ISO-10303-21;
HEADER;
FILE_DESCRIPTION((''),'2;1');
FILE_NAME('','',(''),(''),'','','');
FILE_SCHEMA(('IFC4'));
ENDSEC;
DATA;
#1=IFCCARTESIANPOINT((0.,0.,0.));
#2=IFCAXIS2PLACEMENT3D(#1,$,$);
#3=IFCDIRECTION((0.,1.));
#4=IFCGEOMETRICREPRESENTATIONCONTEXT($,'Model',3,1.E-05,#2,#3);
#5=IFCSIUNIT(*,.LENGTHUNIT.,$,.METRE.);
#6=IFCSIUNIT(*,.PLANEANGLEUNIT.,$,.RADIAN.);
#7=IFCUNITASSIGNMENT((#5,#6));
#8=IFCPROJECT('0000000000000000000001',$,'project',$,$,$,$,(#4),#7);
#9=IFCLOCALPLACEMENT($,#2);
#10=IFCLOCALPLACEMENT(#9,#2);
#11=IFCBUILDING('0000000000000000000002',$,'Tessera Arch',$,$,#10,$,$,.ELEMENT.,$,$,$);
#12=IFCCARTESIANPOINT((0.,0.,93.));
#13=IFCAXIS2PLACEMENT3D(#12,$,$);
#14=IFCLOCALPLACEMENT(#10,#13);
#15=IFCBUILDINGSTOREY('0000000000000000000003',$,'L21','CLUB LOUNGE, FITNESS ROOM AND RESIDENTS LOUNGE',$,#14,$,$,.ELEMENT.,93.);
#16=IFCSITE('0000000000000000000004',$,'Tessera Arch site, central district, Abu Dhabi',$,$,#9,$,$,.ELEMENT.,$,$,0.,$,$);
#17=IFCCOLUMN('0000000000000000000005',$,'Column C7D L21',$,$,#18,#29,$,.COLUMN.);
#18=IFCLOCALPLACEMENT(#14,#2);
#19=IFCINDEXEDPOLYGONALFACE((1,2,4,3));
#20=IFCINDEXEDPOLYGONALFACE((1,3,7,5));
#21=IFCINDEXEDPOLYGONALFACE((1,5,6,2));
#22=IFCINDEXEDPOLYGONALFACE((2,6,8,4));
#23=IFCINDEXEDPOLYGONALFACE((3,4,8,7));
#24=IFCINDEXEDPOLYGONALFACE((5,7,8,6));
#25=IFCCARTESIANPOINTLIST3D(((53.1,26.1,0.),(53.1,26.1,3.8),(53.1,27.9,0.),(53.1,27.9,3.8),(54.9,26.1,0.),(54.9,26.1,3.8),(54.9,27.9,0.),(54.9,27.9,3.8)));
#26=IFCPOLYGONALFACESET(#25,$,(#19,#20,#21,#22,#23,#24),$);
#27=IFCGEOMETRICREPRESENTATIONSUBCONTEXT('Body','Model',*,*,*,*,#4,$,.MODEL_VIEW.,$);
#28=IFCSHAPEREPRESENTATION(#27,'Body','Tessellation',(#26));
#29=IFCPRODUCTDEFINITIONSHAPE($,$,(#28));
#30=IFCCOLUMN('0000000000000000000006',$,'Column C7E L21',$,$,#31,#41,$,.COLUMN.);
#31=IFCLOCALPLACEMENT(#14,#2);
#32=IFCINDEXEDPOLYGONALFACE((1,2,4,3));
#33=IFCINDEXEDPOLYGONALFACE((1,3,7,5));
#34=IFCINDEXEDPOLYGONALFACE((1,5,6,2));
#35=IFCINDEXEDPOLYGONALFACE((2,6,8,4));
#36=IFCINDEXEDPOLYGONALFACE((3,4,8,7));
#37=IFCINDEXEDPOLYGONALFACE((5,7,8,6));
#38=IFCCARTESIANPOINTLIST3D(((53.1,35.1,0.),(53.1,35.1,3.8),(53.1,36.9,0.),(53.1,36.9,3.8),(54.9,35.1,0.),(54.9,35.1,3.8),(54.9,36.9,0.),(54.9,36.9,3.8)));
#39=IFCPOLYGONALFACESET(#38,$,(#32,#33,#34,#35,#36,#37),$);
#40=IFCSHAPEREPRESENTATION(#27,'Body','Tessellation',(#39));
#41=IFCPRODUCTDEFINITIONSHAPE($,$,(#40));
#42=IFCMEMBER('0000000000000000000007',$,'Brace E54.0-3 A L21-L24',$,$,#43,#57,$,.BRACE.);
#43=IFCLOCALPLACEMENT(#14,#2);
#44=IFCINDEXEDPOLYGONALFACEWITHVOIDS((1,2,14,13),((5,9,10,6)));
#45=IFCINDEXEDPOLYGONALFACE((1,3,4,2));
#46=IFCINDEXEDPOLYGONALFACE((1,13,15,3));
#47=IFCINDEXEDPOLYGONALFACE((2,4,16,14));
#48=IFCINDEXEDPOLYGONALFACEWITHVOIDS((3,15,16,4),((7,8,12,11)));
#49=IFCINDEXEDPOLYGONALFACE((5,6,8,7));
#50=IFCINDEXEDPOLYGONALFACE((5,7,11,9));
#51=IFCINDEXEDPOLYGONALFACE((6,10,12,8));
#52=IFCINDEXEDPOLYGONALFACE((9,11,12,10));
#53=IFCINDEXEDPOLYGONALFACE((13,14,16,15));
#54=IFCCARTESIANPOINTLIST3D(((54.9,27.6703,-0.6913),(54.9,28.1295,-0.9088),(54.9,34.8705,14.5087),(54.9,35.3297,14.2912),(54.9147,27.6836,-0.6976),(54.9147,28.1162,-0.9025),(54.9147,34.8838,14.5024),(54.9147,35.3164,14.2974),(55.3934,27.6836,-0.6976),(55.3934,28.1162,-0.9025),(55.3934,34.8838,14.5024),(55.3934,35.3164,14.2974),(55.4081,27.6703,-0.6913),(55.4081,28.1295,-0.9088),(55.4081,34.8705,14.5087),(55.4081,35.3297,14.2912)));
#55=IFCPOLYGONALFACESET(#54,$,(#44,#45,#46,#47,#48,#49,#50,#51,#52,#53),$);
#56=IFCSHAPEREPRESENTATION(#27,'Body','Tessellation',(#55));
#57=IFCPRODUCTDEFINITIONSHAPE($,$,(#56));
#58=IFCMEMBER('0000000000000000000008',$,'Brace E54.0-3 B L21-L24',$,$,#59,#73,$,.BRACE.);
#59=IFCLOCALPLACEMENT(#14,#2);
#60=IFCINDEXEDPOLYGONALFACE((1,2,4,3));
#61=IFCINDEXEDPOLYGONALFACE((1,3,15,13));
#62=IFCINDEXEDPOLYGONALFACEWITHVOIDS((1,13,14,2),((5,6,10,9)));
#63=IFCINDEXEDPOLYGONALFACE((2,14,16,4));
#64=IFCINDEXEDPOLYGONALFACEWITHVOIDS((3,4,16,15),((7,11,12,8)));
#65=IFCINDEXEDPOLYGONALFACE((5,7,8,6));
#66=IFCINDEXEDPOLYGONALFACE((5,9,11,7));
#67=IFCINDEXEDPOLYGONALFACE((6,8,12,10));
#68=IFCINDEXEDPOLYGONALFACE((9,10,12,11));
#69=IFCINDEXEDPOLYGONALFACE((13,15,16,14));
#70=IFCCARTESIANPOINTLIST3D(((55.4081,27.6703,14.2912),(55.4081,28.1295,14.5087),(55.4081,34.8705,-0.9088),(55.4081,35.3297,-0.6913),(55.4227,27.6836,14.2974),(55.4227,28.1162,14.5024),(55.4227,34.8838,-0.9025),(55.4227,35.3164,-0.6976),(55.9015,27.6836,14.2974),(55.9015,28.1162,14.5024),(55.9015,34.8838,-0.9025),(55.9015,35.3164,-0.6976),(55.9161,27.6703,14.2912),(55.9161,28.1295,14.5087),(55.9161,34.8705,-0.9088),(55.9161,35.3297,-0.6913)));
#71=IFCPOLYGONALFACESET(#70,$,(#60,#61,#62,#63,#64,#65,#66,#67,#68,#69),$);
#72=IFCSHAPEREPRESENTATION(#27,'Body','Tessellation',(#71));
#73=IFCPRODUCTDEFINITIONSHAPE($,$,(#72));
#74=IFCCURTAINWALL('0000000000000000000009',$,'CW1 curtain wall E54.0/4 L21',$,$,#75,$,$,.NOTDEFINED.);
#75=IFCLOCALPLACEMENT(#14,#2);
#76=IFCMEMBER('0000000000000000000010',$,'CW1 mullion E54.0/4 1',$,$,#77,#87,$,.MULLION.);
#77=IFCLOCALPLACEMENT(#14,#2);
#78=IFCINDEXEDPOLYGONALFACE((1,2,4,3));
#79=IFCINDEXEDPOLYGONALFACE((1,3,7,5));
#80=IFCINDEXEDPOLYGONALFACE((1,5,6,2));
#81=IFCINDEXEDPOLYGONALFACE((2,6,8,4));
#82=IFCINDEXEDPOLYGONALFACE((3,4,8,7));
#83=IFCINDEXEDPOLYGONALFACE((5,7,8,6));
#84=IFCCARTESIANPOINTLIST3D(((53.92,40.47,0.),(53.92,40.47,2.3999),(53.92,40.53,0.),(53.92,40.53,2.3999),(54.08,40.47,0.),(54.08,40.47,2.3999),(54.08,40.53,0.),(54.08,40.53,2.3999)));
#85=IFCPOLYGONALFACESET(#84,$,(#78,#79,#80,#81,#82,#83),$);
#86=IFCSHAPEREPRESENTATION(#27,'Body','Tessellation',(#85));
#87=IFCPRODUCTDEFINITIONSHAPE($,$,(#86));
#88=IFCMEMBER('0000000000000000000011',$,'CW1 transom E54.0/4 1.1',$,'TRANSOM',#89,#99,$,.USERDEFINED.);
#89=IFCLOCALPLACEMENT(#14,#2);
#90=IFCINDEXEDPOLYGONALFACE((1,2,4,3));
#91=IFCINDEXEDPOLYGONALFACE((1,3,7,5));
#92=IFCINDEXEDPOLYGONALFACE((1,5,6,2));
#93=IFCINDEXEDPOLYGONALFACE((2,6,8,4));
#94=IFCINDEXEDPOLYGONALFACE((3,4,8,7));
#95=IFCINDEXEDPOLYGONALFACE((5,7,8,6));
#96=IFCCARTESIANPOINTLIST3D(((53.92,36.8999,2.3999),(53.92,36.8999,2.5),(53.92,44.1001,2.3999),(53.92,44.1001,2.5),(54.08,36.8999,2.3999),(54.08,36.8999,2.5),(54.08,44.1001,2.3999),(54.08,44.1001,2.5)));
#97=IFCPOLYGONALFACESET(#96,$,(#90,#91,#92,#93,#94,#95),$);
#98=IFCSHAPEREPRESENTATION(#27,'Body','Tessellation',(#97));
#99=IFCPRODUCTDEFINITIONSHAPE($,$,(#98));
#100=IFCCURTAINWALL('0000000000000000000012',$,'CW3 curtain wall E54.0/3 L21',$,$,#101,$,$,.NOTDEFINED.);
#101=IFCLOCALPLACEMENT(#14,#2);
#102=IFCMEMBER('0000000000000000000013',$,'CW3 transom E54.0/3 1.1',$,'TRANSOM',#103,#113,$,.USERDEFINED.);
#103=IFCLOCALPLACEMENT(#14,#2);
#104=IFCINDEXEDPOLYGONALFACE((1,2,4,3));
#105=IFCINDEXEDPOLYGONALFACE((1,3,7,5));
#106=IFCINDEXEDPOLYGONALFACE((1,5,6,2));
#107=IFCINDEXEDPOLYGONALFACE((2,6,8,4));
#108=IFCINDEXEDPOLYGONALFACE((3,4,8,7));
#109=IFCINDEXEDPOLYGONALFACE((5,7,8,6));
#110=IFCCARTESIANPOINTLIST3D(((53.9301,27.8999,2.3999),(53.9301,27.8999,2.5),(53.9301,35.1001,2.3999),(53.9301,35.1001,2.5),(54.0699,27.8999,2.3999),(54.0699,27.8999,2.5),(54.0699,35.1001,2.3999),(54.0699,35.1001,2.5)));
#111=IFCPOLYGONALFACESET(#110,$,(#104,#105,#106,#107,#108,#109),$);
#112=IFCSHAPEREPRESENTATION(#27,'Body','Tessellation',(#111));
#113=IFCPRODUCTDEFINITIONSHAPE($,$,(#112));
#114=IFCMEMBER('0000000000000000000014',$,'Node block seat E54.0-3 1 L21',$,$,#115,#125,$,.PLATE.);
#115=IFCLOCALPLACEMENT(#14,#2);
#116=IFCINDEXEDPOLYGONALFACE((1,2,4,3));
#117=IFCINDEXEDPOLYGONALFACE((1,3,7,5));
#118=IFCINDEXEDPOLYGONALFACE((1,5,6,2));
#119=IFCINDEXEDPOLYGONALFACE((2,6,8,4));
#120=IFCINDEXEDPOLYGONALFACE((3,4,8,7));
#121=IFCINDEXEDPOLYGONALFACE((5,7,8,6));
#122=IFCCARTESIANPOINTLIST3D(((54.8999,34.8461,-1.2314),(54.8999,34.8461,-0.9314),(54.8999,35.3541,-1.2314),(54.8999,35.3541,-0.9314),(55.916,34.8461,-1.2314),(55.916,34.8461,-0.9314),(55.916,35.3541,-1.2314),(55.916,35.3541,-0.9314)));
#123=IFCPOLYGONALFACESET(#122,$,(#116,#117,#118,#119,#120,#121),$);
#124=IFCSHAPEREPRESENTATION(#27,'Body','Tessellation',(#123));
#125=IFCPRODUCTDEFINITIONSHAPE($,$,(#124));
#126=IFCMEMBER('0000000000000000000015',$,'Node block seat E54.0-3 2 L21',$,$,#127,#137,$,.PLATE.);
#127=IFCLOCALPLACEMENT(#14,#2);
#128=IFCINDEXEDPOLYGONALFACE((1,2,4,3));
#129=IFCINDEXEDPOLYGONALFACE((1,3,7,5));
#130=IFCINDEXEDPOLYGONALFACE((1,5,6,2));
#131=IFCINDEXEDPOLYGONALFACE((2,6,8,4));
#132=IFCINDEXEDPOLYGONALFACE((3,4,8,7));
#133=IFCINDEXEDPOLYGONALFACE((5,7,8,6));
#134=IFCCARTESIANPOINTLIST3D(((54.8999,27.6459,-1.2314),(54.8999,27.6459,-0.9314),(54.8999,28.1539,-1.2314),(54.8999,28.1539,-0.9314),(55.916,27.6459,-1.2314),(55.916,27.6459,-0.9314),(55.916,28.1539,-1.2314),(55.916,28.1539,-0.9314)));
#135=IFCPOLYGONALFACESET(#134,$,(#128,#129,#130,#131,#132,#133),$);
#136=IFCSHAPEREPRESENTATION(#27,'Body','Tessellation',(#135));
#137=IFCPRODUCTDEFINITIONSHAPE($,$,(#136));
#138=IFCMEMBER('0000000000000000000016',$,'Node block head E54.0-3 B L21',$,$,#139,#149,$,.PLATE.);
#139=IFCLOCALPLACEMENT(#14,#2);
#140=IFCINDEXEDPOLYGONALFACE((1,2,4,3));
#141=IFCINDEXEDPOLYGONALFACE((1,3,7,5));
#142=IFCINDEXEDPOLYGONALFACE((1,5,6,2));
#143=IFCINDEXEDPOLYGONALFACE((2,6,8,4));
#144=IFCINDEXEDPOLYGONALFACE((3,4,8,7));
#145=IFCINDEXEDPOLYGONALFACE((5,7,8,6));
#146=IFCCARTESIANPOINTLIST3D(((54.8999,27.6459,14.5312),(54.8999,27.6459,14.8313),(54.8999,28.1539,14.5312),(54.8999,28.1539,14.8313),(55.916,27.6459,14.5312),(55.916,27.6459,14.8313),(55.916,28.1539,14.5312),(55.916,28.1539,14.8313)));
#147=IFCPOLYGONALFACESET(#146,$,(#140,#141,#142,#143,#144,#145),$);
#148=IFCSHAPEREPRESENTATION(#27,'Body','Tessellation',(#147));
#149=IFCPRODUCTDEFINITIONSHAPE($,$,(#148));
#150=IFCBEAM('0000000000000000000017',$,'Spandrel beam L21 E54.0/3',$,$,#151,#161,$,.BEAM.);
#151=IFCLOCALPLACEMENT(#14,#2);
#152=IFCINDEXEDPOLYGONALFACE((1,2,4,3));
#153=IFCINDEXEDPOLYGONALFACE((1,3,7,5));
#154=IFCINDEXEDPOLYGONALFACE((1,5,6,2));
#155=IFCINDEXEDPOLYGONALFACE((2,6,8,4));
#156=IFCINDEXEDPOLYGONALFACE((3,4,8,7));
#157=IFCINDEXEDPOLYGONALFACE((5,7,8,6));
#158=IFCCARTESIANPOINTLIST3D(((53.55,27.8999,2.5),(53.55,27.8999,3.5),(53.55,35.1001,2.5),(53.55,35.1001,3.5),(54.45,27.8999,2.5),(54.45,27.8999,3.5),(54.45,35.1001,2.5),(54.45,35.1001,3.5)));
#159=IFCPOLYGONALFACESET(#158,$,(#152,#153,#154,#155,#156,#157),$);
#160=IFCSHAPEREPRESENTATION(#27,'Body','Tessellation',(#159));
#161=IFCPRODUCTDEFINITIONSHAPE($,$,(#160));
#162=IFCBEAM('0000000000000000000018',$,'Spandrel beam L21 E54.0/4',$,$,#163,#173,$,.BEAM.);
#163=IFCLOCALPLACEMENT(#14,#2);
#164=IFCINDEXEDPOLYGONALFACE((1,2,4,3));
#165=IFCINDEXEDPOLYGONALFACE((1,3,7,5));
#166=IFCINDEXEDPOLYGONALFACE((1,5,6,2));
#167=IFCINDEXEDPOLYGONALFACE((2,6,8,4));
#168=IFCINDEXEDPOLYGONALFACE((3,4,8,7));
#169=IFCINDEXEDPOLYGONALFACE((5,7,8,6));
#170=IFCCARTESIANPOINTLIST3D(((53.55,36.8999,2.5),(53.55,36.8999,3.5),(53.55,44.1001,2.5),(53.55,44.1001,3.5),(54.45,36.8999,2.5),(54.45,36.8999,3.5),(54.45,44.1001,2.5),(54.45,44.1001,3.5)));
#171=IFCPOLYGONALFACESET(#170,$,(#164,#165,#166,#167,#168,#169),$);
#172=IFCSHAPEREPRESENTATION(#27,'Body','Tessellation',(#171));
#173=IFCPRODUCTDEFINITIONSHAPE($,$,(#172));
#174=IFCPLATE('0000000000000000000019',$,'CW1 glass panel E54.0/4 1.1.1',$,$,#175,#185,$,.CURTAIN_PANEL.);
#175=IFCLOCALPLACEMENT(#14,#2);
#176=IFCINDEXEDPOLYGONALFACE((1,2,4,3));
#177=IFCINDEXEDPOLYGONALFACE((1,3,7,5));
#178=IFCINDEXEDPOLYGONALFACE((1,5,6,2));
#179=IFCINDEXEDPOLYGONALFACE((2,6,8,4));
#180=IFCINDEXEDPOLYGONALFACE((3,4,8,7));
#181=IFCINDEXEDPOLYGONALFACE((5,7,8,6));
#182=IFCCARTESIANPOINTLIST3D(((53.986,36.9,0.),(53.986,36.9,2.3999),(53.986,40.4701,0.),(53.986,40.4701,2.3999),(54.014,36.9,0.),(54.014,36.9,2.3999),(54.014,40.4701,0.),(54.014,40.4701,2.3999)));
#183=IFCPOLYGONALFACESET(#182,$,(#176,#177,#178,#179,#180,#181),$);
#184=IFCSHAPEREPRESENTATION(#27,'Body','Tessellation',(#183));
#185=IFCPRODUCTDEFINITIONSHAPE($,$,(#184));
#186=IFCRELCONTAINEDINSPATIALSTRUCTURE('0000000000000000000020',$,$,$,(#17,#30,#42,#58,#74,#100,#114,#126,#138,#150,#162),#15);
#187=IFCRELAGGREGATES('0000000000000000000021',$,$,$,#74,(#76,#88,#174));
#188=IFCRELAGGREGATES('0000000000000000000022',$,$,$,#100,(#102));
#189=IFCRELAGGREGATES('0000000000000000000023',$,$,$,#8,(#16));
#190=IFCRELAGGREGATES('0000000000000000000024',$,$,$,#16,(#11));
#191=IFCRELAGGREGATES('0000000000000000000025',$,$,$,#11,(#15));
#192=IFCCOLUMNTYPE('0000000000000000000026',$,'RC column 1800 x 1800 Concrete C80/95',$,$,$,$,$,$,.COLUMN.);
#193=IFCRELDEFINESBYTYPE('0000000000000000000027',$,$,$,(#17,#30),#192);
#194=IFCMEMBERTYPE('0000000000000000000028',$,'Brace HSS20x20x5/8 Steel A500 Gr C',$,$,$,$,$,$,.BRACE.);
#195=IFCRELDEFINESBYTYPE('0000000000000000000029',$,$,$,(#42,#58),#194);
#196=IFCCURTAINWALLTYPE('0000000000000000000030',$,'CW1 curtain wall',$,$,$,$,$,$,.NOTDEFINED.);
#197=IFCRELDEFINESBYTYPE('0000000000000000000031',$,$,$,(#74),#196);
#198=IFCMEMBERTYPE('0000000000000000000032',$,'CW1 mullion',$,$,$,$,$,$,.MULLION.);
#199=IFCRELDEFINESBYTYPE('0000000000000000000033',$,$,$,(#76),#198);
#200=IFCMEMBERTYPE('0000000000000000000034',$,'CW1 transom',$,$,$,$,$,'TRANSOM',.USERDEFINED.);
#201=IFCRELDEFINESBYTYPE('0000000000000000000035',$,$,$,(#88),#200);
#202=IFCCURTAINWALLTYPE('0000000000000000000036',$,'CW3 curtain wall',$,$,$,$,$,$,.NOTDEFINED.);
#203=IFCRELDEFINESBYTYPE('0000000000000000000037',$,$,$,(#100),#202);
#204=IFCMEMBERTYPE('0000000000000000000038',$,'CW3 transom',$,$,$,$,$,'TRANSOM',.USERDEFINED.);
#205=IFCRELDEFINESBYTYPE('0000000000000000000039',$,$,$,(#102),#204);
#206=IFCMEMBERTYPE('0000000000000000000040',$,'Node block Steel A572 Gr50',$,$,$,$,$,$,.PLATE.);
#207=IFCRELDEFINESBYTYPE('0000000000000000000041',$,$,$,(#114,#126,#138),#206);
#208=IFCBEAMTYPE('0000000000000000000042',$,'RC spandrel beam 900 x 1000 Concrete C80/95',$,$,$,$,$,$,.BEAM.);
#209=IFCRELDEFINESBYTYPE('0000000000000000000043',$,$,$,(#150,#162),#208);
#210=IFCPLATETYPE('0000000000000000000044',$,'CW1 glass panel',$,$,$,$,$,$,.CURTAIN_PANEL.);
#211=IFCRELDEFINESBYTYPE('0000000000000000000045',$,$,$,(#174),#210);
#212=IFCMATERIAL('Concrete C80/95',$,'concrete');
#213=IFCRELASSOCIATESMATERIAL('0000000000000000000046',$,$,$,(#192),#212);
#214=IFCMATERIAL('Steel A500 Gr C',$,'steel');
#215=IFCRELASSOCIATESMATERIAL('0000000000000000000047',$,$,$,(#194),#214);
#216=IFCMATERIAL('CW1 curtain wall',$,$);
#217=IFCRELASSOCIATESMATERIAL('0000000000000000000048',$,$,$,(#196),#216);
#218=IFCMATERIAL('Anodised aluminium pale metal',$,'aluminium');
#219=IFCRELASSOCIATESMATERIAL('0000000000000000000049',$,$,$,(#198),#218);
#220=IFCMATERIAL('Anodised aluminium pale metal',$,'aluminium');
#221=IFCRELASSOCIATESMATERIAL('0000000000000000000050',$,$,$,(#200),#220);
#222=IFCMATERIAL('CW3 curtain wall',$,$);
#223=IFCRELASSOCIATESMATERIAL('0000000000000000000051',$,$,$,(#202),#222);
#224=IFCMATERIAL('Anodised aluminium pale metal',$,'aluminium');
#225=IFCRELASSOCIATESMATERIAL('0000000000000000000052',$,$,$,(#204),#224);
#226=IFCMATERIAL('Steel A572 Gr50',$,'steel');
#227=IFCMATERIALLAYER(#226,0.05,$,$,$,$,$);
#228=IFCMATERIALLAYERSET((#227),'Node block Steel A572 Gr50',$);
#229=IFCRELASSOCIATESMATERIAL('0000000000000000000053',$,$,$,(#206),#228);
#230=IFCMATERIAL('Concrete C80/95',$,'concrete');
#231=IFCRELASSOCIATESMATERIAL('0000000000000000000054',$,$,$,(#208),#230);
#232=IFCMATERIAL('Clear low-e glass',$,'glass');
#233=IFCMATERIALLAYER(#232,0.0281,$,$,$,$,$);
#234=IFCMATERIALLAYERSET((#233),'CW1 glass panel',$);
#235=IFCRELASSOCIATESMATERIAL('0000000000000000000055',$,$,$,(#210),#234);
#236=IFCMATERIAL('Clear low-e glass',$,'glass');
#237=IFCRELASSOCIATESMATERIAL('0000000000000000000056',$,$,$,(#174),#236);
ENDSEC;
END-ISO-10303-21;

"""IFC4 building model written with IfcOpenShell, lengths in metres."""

from ifc_helpers import new_model, si_unit, direction, frame, origin, origin_2d, place, context, subcontext, project, spatial, rectangle, hollow_rectangle, extrude, material, layer, layer_set, material_profile, profile_set, type_object, element, aggregate, save


model = new_model("IFC4")

# Units and contexts
model_context = context("Model", 3, precision=1e-05, world=origin(), true_north=direction((0.0, 1.0)))
body_context = subcontext(model_context, "Body", "Model", "MODEL_VIEW")
ifc_project = project(units=[si_unit("LENGTHUNIT", "METRE"), si_unit("PLANEANGLEUNIT", "RADIAN")], contexts=[model_context])

# Site, building, storey
site_placement = place(None, origin())
site = spatial("IfcSite", under=ifc_project, at=site_placement, Name="Tessera Arch site, central district, Abu Dhabi", CompositionType="ELEMENT", RefElevation=0.0)
building_placement = place(site_placement, origin())
building = spatial("IfcBuilding", under=site, at=building_placement, Name="Tessera Arch", CompositionType="ELEMENT")
storey_placement = place(building_placement, frame((0.0, 0.0, 93.0)))
storey = spatial("IfcBuildingStorey", under=building, at=storey_placement, Name="L21", Description="CLUB LOUNGE, FITNESS ROOM AND RESIDENTS LOUNGE", CompositionType="ELEMENT", Elevation=93.0)

# Columns
ifc_material_1 = material(Name="Concrete C80/95", Category="concrete")
ifc_material_profile_1 = material_profile(ifc_material_1, rectangle(XDim=1.8, YDim=1.8, at=origin_2d()), Name="RC column 1800 x 1800 Concrete C80/95")
ifc_profile_set_1 = profile_set([ifc_material_profile_1], Name="Concrete C80/95")
column_type = type_object("IfcColumnType", Name="RC column 1800 x 1800 Concrete C80/95", PredefinedType="COLUMN", material=ifc_profile_set_1)
for number, where, z_axis, x_axis, name in (
    (1, (54.0, 27.0, 0.0), (0.0, 0.0, 1.0), (1.0, 0.0, 0.0), "Column C7D L21"),
    (2, (54.0, 36.0, 0.0), (0.0, 0.0, 1.0), (1.0, 0.0, 0.0), "Column C7E L21"),
):
    element("IfcColumn", number, at=place(storey_placement, frame(where, z_axis=z_axis, x_axis=x_axis)), inside=storey, type_object=column_type, Name=name, PredefinedType="COLUMN", context=body_context, shape_type="SweptSolid", body=[
        extrude(rectangle(XDim=1.8, YDim=1.8, at=origin_2d()), origin(), (0.0, 0.0, 1.0), 3.8),
    ])

# Members
ifc_material_2 = material(Name="Steel A500 Gr C", Category="steel")
ifc_material_profile_2 = material_profile(ifc_material_2, hollow_rectangle(XDim=0.5081, YDim=0.5081, WallThickness=0.0146, at=origin_2d()), Name="HSS20x20x5/8")
ifc_profile_set_2 = profile_set([ifc_material_profile_2], Name="Steel A500 Gr C")
member_type_1 = type_object("IfcMemberType", Name="Brace HSS20x20x5/8 Steel A500 Gr C", PredefinedType="BRACE", material=ifc_profile_set_2)
for number, where, z_axis, x_axis, name in (
    (3, (55.1541, 27.8999, -0.8), (0.0, 0.428097, 0.903733), (-1.0, 0.0, 0.0), "Brace E54.0-3 A L21-L24"),
    (4, (55.6621, 35.1001, -0.8), (0.0, -0.428097, 0.903733), (1.0, 0.0, 0.0), "Brace E54.0-3 B L21-L24"),
):
    element("IfcMember", number, at=place(storey_placement, frame(where, z_axis=z_axis, x_axis=x_axis)), inside=storey, type_object=member_type_1, Name=name, PredefinedType="BRACE", context=body_context, shape_type="SweptSolid", body=[
        extrude(hollow_rectangle(XDim=0.5081, YDim=0.5081, WallThickness=0.0146, at=origin_2d()), origin(), (0.0, 0.0, 1.0), 16.8191),
    ])

# Curtain wall, members
ifc_material_3 = material(Name="CW1 curtain wall")
curtain_wall_type_1 = type_object("IfcCurtainWallType", Name="CW1 curtain wall", PredefinedType="NOTDEFINED", material=ifc_material_3)
curtain_wall_1_placement = place(storey_placement, origin())
curtain_wall_1 = element("IfcCurtainWall", 5, at=curtain_wall_1_placement, inside=storey, type_object=curtain_wall_type_1, Name="CW1 curtain wall E54.0/4 L21", PredefinedType="NOTDEFINED")
ifc_material_4 = material(Name="Anodised aluminium pale metal", Category="aluminium")
ifc_material_profile_3 = material_profile(ifc_material_4, rectangle(XDim=0.1599, YDim=0.0601, at=origin_2d()), Name="AL 60x160")
ifc_profile_set_3 = profile_set([ifc_material_profile_3], Name="Anodised aluminium pale metal")
member_type_2 = type_object("IfcMemberType", Name="CW1 mullion", PredefinedType="MULLION", material=ifc_profile_set_3)
member_1_placement = place(storey_placement, frame((54.0, 40.5, 0.0), z_axis=(0.0, 0.0, 1.0), x_axis=(-1.0, 0.0, 0.0)))
member_1 = element("IfcMember", 6, at=member_1_placement, type_object=member_type_2, Name="CW1 mullion E54.0/4 1", PredefinedType="MULLION", context=body_context, shape_type="SweptSolid", body=[
    extrude(rectangle(XDim=0.1599, YDim=0.0601, at=origin_2d()), origin(), (0.0, 0.0, 1.0), 2.3999),
])
ifc_material_5 = material(Name="Anodised aluminium pale metal", Category="aluminium")
ifc_material_profile_4 = material_profile(ifc_material_5, rectangle(XDim=0.1599, YDim=0.1001, at=origin_2d()), Name="AL 160x100")
ifc_profile_set_4 = profile_set([ifc_material_profile_4], Name="Anodised aluminium pale metal")
member_type_3 = type_object("IfcMemberType", Name="CW1 transom", ElementType="TRANSOM", PredefinedType="USERDEFINED", material=ifc_profile_set_4)
member_2_placement = place(storey_placement, frame((54.0, 36.8999, 2.45), z_axis=(0.0, 1.0, 0.0), x_axis=(-1.0, 0.0, 0.0)))
member_2 = element("IfcMember", 7, at=member_2_placement, type_object=member_type_3, Name="CW1 transom E54.0/4 1.1", ObjectType="TRANSOM", PredefinedType="USERDEFINED", context=body_context, shape_type="SweptSolid", body=[
    extrude(rectangle(XDim=0.1599, YDim=0.1001, at=origin_2d()), origin(), (0.0, 0.0, 1.0), 7.2002),
])

# Curtain wall, member
ifc_material_6 = material(Name="CW3 curtain wall")
curtain_wall_type_2 = type_object("IfcCurtainWallType", Name="CW3 curtain wall", PredefinedType="NOTDEFINED", material=ifc_material_6)
curtain_wall_2_placement = place(storey_placement, origin())
curtain_wall_2 = element("IfcCurtainWall", 8, at=curtain_wall_2_placement, inside=storey, type_object=curtain_wall_type_2, Name="CW3 curtain wall E54.0/3 L21", PredefinedType="NOTDEFINED")
ifc_material_7 = material(Name="Anodised aluminium pale metal", Category="aluminium")
ifc_material_profile_5 = material_profile(ifc_material_7, rectangle(XDim=0.1399, YDim=0.1001, at=origin_2d()), Name="AL 140x100")
ifc_profile_set_5 = profile_set([ifc_material_profile_5], Name="Anodised aluminium pale metal")
member_type_4 = type_object("IfcMemberType", Name="CW3 transom", ElementType="TRANSOM", PredefinedType="USERDEFINED", material=ifc_profile_set_5)
member_3_placement = place(storey_placement, frame((54.0, 27.8999, 2.45), z_axis=(0.0, 1.0, 0.0), x_axis=(-1.0, 0.0, 0.0)))
member_3 = element("IfcMember", 9, at=member_3_placement, type_object=member_type_4, Name="CW3 transom E54.0/3 1.1", ObjectType="TRANSOM", PredefinedType="USERDEFINED", context=body_context, shape_type="SweptSolid", body=[
    extrude(rectangle(XDim=0.1399, YDim=0.1001, at=origin_2d()), origin(), (0.0, 0.0, 1.0), 7.2002),
])

# Members
ifc_material_8 = material(Name="Steel A572 Gr50", Category="steel")
ifc_layer_1 = layer(ifc_material_8, 0.05)
ifc_layer_set_1 = layer_set([ifc_layer_1], Name="Node block Steel A572 Gr50")
member_type_5 = type_object("IfcMemberType", Name="Node block Steel A572 Gr50", PredefinedType="PLATE", material=ifc_layer_set_1)
for number, where, z_axis, x_axis, name in (
    (10, (55.408, 35.1001, -1.2314), (0.0, 0.0, 1.0), (0.0, 1.0, 0.0), "Node block seat E54.0-3 1 L21"),
    (11, (55.408, 27.8999, -1.2314), (0.0, 0.0, 1.0), (0.0, 1.0, 0.0), "Node block seat E54.0-3 2 L21"),
    (12, (55.408, 27.8999, 14.5312), (0.0, 0.0, 1.0), (0.0, 1.0, 0.0), "Node block head E54.0-3 B L21"),
):
    element("IfcMember", number, at=place(storey_placement, frame(where, z_axis=z_axis, x_axis=x_axis)), inside=storey, type_object=member_type_5, Name=name, PredefinedType="PLATE", context=body_context, shape_type="SweptSolid", body=[
        extrude(rectangle(XDim=0.5081, YDim=1.0161, at=origin_2d()), origin(), (0.0, 0.0, 1.0), 0.3),
    ])

# Beams
ifc_material_9 = material(Name="Concrete C80/95", Category="concrete")
ifc_material_profile_6 = material_profile(ifc_material_9, rectangle(XDim=0.8999, YDim=1.0, at=origin_2d()), Name="RC spandrel beam 900 x 1000 Concrete C80/95")
ifc_profile_set_6 = profile_set([ifc_material_profile_6], Name="Concrete C80/95")
beam_type = type_object("IfcBeamType", Name="RC spandrel beam 900 x 1000 Concrete C80/95", PredefinedType="BEAM", material=ifc_profile_set_6)
for number, where, z_axis, x_axis, name in (
    (13, (54.0, 27.8999, 3.0), (0.0, 1.0, 0.0), (-1.0, 0.0, 0.0), "Spandrel beam L21 E54.0/3"),
    (14, (54.0, 36.8999, 3.0), (0.0, 1.0, 0.0), (-1.0, 0.0, 0.0), "Spandrel beam L21 E54.0/4"),
):
    element("IfcBeam", number, at=place(storey_placement, frame(where, z_axis=z_axis, x_axis=x_axis)), inside=storey, type_object=beam_type, Name=name, PredefinedType="BEAM", context=body_context, shape_type="SweptSolid", body=[
        extrude(rectangle(XDim=0.8999, YDim=1.0, at=origin_2d()), origin(), (0.0, 0.0, 1.0), 7.2002),
    ])

# Plate
ifc_material_10 = material(Name="Clear low-e glass", Category="glass")
ifc_material_11 = material(Name="Clear low-e glass", Category="glass")
ifc_layer_2 = layer(ifc_material_11, 0.0281)
ifc_layer_set_2 = layer_set([ifc_layer_2], Name="CW1 glass panel")
plate_type_1 = type_object("IfcPlateType", Name="CW1 glass panel", PredefinedType="CURTAIN_PANEL", material=ifc_layer_set_2)
plate_1_placement = place(storey_placement, frame((54.0, 38.6851, 0.0), z_axis=(0.0, 0.0, 1.0), x_axis=(0.0, 1.0, 0.0)))
plate_1 = element("IfcPlate", 15, at=plate_1_placement, type_object=plate_type_1, material=ifc_material_10, Name="CW1 glass panel E54.0/4 1.1.1", PredefinedType="CURTAIN_PANEL", context=body_context, shape_type="SweptSolid", body=[
    extrude(rectangle(XDim=3.5701, YDim=0.0281, at=origin_2d()), origin(), (0.0, 0.0, 1.0), 2.3999),
])
aggregate(curtain_wall_1, [member_1, member_2, plate_1])
aggregate(curtain_wall_2, [member_3])

save(model, "model.ifc")
